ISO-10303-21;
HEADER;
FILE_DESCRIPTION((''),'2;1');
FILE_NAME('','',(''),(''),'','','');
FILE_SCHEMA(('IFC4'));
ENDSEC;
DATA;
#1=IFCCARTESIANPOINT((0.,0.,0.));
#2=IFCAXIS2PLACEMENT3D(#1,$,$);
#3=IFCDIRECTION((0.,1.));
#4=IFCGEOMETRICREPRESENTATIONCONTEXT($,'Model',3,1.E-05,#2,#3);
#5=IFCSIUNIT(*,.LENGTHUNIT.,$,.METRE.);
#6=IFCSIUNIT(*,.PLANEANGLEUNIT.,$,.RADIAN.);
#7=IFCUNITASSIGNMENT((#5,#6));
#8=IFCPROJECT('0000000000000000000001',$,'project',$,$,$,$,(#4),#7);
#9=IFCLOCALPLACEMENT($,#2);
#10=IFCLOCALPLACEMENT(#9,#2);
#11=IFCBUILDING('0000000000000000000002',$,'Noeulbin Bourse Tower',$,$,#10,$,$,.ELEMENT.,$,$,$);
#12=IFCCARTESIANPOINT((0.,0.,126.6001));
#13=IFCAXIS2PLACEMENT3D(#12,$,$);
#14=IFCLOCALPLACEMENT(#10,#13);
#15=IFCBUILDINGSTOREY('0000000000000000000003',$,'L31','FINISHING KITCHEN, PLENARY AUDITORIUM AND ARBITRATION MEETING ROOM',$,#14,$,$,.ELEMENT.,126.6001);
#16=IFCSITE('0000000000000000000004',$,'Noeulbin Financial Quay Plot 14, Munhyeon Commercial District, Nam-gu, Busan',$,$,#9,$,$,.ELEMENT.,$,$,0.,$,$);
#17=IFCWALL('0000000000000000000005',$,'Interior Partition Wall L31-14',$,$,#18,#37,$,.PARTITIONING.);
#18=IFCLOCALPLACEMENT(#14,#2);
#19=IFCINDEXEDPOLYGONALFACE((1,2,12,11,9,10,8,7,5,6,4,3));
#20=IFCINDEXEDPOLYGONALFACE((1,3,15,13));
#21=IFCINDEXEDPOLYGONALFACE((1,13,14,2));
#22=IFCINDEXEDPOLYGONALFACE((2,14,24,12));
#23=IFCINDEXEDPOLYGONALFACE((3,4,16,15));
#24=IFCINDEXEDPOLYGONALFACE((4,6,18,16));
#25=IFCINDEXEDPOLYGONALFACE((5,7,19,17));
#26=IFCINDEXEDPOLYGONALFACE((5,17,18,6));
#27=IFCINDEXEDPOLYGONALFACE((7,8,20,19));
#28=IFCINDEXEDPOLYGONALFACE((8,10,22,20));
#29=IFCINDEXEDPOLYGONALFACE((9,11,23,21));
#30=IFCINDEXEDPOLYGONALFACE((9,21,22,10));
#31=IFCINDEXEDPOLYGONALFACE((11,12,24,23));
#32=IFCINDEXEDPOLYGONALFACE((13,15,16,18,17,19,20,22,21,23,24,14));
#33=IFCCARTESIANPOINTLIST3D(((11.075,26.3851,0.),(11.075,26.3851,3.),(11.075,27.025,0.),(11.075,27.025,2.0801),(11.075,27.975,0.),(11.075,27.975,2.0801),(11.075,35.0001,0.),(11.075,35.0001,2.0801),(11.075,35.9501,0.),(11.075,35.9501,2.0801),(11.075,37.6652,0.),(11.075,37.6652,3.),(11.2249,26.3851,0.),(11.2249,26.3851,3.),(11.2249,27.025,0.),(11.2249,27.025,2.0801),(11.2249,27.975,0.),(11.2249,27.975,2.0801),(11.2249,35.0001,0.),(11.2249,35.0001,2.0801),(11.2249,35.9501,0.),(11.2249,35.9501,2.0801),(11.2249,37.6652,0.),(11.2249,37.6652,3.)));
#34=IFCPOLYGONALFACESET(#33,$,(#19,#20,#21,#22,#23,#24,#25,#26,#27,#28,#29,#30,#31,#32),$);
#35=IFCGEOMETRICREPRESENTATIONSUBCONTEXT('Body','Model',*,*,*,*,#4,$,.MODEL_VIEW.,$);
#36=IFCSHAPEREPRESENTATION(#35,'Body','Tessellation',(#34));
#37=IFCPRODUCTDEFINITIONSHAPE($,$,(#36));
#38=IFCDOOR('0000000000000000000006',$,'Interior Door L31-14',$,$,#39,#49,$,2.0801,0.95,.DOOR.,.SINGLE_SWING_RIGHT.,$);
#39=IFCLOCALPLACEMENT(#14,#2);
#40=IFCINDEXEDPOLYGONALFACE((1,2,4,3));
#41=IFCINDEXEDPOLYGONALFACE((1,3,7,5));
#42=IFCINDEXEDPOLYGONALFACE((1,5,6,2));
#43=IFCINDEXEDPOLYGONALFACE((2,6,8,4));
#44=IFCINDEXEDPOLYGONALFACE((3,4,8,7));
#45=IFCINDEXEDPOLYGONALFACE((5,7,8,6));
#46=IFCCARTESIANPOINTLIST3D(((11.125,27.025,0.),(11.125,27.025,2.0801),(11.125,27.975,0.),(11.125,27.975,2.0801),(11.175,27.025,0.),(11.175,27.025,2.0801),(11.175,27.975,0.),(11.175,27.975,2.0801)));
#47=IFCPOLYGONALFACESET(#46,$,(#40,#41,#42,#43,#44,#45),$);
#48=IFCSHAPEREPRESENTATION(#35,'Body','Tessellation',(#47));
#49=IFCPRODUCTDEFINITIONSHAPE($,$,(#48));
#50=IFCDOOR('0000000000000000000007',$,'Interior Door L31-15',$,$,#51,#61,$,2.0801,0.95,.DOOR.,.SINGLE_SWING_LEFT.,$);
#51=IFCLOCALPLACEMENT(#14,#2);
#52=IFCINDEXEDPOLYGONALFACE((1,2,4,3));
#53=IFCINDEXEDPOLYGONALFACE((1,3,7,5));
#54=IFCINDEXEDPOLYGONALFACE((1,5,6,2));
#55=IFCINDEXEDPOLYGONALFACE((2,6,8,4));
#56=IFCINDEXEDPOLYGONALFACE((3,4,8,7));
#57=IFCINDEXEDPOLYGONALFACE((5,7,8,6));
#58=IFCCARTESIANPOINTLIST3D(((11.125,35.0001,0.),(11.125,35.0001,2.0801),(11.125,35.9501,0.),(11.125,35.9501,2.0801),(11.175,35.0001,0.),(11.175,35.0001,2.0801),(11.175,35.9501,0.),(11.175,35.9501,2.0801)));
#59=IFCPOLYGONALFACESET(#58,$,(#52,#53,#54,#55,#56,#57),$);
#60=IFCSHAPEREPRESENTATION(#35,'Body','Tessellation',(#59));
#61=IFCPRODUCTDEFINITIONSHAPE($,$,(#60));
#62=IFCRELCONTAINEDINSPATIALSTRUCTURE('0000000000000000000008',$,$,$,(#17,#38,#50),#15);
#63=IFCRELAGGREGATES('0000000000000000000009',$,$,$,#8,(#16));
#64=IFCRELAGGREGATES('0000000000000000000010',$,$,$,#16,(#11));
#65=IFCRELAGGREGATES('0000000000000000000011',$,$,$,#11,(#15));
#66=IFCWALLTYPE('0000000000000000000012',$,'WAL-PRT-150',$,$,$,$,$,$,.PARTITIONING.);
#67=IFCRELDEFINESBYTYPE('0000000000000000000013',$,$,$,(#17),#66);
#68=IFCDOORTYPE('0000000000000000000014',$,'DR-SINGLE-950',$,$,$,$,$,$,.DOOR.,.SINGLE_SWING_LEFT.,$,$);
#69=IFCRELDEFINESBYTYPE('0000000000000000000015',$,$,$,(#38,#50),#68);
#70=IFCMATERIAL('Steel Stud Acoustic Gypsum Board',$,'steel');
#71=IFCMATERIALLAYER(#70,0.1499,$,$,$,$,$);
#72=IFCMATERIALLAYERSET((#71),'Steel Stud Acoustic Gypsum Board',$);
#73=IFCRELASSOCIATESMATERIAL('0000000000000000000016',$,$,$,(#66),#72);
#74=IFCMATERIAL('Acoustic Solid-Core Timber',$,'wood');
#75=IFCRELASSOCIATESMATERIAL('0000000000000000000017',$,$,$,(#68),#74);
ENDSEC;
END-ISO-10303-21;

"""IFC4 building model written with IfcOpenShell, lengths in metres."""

from ifc_helpers import new_model, si_unit, direction, frame, frame_2d, origin, place, context, subcontext, project, spatial, rectangle, extrude, material, layer, layer_set, type_object, element, fill, save


model = new_model("IFC4")

# Units and contexts
model_context = context("Model", 3, precision=1e-05, world=origin(), true_north=direction((0.0, 1.0)))
body_context = subcontext(model_context, "Body", "Model", "MODEL_VIEW")
ifc_project = project(units=[si_unit("LENGTHUNIT", "METRE"), si_unit("PLANEANGLEUNIT", "RADIAN")], contexts=[model_context])

# Site, building, storey
site_placement = place(None, origin())
site = spatial("IfcSite", under=ifc_project, at=site_placement, Name="Noeulbin Financial Quay Plot 14, Munhyeon Commercial District, Nam-gu, Busan", CompositionType="ELEMENT", RefElevation=0.0)
building_placement = place(site_placement, origin())
building = spatial("IfcBuilding", under=site, at=building_placement, Name="Noeulbin Bourse Tower", CompositionType="ELEMENT")
storey_placement = place(building_placement, frame((0.0, 0.0, 126.6001)))
storey = spatial("IfcBuildingStorey", under=building, at=storey_placement, Name="L31", Description="FINISHING KITCHEN, PLENARY AUDITORIUM AND ARBITRATION MEETING ROOM", CompositionType="ELEMENT", Elevation=126.6001)

# Wall, openings, doors
ifc_material_1 = material(Name="Steel Stud Acoustic Gypsum Board", Category="steel")
ifc_layer_1 = layer(ifc_material_1, 0.1499)
ifc_layer_set_1 = layer_set([ifc_layer_1], Name="Steel Stud Acoustic Gypsum Board")
wall_type_1 = type_object("IfcWallType", Name="WAL-PRT-150", PredefinedType="PARTITIONING", material=ifc_layer_set_1)
wall_1_placement = place(storey_placement, frame((11.1499, 26.385, 0.0), z_axis=(0.0, 0.0, 1.0), x_axis=(0.0, 1.0, 0.0)))
wall_1 = element("IfcWall", 1, at=wall_1_placement, inside=storey, type_object=wall_type_1, Name="Interior Partition Wall L31-14", PredefinedType="PARTITIONING", context=body_context, shape_type="SweptSolid", body=[
    extrude(rectangle(XDim=11.28, YDim=0.1499, at=frame_2d((5.6401, 0.0))), origin(), (0.0, 0.0, 1.0), 3.0),
])
opening_1_placement = place(wall_1_placement, frame((0.6399, 0.0, 0.0)))
opening_1 = element("IfcOpeningElement", 2, at=opening_1_placement, cuts=wall_1, PredefinedType="OPENING", context=body_context, shape_type="SweptSolid", body=[
    extrude(rectangle(XDim=0.95, YDim=2.0801, at=frame_2d((0.4751, 1.04))), frame((0.0, 0.085, 0.0), z_axis=(0.0, -1.0, 0.0), x_axis=(1.0, 0.0, 0.0)), (0.0, 0.0, 1.0), 0.1699),
])
opening_2_placement = place(wall_1_placement, frame((8.615, 0.0, 0.0)))
opening_2 = element("IfcOpeningElement", 3, at=opening_2_placement, cuts=wall_1, PredefinedType="OPENING", context=body_context, shape_type="SweptSolid", body=[
    extrude(rectangle(XDim=0.95, YDim=2.0801, at=frame_2d((0.4751, 1.04))), frame((0.0, 0.085, 0.0), z_axis=(0.0, -1.0, 0.0), x_axis=(1.0, 0.0, 0.0)), (0.0, 0.0, 1.0), 0.1699),
])
ifc_material_2 = material(Name="Acoustic Solid-Core Timber", Category="wood")
door_type_1 = type_object("IfcDoorType", Name="DR-SINGLE-950", OperationType="SINGLE_SWING_LEFT", PredefinedType="DOOR", material=ifc_material_2)
door_1_placement = place(opening_1_placement, origin())
door_1 = element("IfcDoor", 4, at=door_1_placement, inside=storey, type_object=door_type_1, Name="Interior Door L31-14", OperationType="SINGLE_SWING_RIGHT", OverallHeight=2.0801, OverallWidth=0.95, PredefinedType="DOOR", context=body_context, shape_type="SweptSolid", body=[
    extrude(rectangle(XDim=0.95, YDim=2.0801, at=frame_2d((0.4751, 1.04))), frame((0.0, 0.0249, 0.0), z_axis=(0.0, -1.0, 0.0), x_axis=(1.0, 0.0, 0.0)), (0.0, 0.0, 1.0), 0.05),
])
fill(opening_1, door_1)
door_2_placement = place(opening_2_placement, origin())
door_2 = element("IfcDoor", 5, at=door_2_placement, inside=storey, type_object=door_type_1, Name="Interior Door L31-15", OperationType="SINGLE_SWING_LEFT", OverallHeight=2.0801, OverallWidth=0.95, PredefinedType="DOOR", context=body_context, shape_type="SweptSolid", body=[
    extrude(rectangle(XDim=0.95, YDim=2.0801, at=frame_2d((0.4751, 1.04))), frame((0.0, 0.0249, 0.0), z_axis=(0.0, -1.0, 0.0), x_axis=(1.0, 0.0, 0.0)), (0.0, 0.0, 1.0), 0.05),
])
fill(opening_2, door_2)

save(model, "model.ifc")
